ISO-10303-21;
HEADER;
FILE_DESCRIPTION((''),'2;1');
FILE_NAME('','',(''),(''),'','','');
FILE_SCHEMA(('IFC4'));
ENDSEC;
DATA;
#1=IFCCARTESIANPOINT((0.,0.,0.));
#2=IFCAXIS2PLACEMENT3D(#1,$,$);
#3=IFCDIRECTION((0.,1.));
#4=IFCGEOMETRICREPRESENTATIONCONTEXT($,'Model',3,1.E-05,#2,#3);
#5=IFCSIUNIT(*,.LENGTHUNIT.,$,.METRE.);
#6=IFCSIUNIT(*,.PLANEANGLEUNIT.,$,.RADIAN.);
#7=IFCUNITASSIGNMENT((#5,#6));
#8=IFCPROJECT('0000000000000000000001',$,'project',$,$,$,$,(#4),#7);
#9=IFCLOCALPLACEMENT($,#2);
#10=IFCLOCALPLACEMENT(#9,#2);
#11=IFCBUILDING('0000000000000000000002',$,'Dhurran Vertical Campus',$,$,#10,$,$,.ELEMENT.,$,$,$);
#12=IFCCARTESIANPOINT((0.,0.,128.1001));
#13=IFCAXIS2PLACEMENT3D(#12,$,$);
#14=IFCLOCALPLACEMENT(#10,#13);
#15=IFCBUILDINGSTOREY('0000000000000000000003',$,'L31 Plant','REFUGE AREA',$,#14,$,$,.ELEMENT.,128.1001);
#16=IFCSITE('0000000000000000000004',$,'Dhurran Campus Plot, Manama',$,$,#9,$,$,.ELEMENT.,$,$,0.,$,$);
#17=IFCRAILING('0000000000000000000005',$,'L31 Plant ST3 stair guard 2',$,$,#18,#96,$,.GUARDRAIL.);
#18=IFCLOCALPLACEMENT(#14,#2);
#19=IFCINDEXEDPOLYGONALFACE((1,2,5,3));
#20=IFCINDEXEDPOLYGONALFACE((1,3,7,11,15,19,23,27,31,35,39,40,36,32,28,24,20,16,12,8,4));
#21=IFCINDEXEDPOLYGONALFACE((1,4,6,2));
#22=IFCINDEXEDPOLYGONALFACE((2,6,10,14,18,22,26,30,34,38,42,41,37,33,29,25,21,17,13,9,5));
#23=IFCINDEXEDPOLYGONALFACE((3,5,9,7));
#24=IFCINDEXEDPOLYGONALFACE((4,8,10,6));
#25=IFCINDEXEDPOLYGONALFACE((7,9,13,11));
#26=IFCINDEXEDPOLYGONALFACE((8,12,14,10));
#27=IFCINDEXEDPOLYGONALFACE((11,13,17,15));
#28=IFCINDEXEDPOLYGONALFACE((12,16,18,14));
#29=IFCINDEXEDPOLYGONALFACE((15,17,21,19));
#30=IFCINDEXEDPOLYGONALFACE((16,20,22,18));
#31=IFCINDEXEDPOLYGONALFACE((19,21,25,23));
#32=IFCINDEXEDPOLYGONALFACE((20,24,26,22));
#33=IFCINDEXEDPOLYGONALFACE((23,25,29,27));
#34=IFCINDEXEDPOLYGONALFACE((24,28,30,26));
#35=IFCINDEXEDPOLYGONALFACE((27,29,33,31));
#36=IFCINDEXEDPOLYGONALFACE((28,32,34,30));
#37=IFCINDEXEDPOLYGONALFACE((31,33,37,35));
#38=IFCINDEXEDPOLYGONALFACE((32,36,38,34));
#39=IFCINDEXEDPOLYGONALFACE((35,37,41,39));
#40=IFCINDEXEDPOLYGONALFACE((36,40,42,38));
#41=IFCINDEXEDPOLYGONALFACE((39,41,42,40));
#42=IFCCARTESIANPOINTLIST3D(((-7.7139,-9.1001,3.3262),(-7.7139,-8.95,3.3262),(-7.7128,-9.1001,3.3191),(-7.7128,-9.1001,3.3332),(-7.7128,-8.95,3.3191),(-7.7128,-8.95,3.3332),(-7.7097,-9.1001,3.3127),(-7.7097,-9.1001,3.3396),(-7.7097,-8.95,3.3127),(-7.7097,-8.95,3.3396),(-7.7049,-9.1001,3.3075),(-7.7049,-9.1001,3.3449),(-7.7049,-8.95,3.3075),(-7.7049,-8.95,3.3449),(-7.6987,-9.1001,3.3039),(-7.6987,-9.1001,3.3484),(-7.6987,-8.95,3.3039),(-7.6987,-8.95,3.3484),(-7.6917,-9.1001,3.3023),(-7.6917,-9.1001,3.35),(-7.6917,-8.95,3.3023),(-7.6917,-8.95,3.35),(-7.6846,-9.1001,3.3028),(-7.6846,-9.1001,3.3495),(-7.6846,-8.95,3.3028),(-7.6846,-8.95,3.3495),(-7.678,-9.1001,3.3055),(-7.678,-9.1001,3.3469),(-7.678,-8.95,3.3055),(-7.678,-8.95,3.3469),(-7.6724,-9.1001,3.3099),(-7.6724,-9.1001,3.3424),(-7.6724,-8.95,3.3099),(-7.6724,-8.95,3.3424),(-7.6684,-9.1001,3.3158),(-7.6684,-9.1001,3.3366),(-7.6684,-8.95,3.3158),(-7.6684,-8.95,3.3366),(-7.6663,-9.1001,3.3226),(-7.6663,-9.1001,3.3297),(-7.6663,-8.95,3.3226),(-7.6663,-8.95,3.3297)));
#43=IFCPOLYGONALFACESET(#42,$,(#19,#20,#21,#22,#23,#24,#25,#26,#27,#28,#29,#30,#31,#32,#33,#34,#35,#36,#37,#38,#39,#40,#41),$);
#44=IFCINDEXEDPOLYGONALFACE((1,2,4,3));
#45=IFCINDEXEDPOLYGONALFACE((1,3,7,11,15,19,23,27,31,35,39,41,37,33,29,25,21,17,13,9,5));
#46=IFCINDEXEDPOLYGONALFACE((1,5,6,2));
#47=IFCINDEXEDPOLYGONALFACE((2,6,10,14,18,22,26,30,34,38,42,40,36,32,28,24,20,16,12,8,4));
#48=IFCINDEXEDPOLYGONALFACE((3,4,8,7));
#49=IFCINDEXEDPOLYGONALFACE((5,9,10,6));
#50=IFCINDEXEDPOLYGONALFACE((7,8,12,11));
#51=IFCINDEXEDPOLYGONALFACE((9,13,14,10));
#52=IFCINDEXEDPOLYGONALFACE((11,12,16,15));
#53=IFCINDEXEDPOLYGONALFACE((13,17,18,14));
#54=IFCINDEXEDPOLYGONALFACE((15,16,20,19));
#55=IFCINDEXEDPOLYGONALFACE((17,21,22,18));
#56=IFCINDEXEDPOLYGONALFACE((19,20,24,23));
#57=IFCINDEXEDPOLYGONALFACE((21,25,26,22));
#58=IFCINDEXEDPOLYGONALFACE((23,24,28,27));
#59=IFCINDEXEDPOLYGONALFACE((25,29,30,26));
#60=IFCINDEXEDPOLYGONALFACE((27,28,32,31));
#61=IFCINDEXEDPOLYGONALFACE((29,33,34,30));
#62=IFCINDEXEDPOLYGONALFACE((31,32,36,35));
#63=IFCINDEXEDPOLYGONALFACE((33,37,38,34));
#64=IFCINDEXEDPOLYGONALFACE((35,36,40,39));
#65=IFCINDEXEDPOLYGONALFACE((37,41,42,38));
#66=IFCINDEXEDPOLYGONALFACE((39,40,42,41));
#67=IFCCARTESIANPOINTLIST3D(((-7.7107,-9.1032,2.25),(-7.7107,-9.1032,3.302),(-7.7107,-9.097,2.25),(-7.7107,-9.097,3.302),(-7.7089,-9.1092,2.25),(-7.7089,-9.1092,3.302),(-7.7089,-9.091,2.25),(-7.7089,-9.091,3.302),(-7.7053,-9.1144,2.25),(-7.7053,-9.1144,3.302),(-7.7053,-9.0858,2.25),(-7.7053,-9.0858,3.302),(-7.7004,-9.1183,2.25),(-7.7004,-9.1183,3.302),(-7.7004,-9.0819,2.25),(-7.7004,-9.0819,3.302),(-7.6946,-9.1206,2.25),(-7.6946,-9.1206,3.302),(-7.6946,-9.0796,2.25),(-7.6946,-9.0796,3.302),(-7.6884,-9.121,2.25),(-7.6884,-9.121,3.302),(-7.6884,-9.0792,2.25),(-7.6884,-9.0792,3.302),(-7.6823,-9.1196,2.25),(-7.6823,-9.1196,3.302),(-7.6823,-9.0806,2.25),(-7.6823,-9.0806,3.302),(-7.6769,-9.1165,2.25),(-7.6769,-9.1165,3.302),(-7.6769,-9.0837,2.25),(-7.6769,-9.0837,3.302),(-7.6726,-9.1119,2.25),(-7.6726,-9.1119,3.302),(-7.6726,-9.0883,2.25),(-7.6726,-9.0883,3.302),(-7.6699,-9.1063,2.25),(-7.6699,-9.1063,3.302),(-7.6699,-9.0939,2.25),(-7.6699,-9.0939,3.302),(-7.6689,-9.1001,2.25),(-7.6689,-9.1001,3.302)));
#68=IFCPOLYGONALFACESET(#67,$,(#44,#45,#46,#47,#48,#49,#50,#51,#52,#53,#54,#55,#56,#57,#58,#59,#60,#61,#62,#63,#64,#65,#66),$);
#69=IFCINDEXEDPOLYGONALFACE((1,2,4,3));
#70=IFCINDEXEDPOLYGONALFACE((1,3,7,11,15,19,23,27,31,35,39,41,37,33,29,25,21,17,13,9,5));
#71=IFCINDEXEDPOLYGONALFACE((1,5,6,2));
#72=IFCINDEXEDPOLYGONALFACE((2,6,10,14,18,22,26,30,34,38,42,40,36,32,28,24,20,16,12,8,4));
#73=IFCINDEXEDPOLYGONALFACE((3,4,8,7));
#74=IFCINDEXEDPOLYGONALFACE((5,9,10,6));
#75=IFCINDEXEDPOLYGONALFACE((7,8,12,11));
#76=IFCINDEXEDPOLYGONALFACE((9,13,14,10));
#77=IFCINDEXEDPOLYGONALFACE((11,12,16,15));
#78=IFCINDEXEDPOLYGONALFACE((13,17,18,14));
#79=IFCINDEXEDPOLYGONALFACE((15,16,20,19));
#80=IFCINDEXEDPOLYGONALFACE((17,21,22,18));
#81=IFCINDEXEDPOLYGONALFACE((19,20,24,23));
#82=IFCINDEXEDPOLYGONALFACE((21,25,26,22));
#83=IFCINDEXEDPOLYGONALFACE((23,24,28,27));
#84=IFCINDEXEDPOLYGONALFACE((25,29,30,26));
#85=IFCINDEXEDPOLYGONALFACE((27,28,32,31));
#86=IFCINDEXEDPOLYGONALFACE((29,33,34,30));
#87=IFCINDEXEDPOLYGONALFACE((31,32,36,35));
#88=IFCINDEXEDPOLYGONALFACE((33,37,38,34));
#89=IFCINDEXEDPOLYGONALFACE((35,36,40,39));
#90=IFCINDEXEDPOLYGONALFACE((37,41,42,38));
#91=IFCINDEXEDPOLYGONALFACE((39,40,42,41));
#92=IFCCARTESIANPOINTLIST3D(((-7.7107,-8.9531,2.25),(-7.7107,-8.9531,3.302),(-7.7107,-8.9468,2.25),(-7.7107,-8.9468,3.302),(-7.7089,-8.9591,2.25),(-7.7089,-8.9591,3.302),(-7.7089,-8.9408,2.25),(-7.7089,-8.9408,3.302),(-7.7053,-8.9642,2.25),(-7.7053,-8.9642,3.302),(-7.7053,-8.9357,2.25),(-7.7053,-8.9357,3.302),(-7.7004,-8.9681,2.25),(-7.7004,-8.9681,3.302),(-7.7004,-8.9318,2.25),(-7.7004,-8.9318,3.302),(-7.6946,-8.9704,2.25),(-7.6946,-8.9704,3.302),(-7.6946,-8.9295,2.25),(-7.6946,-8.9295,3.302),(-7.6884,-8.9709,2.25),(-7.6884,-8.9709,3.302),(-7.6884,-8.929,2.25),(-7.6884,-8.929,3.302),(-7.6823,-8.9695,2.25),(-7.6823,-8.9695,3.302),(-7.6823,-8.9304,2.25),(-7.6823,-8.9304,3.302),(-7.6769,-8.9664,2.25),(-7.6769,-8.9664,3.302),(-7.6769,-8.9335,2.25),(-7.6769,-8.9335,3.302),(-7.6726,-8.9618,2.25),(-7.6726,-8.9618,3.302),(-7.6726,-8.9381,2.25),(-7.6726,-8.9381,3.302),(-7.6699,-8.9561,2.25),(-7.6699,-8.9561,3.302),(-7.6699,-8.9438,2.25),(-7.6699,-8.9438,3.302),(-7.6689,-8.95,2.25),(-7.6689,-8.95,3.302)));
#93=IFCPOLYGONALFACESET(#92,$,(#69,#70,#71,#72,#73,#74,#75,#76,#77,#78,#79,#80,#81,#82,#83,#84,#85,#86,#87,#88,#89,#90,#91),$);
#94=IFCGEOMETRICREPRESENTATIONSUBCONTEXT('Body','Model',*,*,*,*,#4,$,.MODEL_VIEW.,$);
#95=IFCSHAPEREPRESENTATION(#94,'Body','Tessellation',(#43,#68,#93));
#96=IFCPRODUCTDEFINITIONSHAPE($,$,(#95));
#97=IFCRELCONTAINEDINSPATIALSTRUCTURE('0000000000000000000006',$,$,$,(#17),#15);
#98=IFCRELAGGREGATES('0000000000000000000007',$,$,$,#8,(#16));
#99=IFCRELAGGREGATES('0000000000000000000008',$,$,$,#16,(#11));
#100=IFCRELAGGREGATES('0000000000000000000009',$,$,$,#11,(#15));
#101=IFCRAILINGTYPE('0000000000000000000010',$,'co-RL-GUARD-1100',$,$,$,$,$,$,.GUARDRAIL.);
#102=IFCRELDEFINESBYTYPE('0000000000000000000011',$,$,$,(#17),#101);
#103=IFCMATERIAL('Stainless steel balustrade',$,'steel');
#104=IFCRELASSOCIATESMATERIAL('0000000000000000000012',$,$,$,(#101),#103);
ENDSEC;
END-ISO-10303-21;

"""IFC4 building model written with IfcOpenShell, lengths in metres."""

from ifc_helpers import new_model, si_unit, direction, frame, origin, origin_2d, place, context, subcontext, project, spatial, circle, extrude, material, type_object, element, save


model = new_model("IFC4")

# Units and contexts
model_context = context("Model", 3, precision=1e-05, world=origin(), true_north=direction((0.0, 1.0)))
body_context = subcontext(model_context, "Body", "Model", "MODEL_VIEW")
ifc_project = project(units=[si_unit("LENGTHUNIT", "METRE"), si_unit("PLANEANGLEUNIT", "RADIAN")], contexts=[model_context])

# Site, building, storey
site_placement = place(None, origin())
site = spatial("IfcSite", under=ifc_project, at=site_placement, Name="Dhurran Campus Plot, Manama", CompositionType="ELEMENT", RefElevation=0.0)
building_placement = place(site_placement, origin())
building = spatial("IfcBuilding", under=site, at=building_placement, Name="Dhurran Vertical Campus", CompositionType="ELEMENT")
storey_placement = place(building_placement, frame((0.0, 0.0, 128.1001)))
storey = spatial("IfcBuildingStorey", under=building, at=storey_placement, Name="L31 Plant", Description="REFUGE AREA", CompositionType="ELEMENT", Elevation=128.1001)

# Railing
ifc_material_1 = material(Name="Stainless steel balustrade", Category="steel")
railing_type_1 = type_object("IfcRailingType", Name="co-RL-GUARD-1100", PredefinedType="GUARDRAIL", material=ifc_material_1)
railing_1_placement = place(storey_placement, frame((-7.6899, -9.1001, 2.25)))
element("IfcRailing", 1, at=railing_1_placement, inside=storey, type_object=railing_type_1, Name="L31 Plant ST3 stair guard 2", PredefinedType="GUARDRAIL", context=body_context, shape_type="SweptSolid", body=[
    extrude(circle(Radius=0.0239, at=origin_2d()), frame((0.0, 0.0, 1.0762), z_axis=(0.0, 1.0, 0.0), x_axis=(-1.0, 0.0, 0.0)), (0.0, 0.0, 1.0), 0.1501),
    extrude(circle(Radius=0.021, at=origin_2d()), origin(), (0.0, 0.0, 1.0), 1.052),
    extrude(circle(Radius=0.021, at=origin_2d()), frame((0.0, 0.1501, 0.0)), (0.0, 0.0, 1.0), 1.052),
])

save(model, "model.ifc")
